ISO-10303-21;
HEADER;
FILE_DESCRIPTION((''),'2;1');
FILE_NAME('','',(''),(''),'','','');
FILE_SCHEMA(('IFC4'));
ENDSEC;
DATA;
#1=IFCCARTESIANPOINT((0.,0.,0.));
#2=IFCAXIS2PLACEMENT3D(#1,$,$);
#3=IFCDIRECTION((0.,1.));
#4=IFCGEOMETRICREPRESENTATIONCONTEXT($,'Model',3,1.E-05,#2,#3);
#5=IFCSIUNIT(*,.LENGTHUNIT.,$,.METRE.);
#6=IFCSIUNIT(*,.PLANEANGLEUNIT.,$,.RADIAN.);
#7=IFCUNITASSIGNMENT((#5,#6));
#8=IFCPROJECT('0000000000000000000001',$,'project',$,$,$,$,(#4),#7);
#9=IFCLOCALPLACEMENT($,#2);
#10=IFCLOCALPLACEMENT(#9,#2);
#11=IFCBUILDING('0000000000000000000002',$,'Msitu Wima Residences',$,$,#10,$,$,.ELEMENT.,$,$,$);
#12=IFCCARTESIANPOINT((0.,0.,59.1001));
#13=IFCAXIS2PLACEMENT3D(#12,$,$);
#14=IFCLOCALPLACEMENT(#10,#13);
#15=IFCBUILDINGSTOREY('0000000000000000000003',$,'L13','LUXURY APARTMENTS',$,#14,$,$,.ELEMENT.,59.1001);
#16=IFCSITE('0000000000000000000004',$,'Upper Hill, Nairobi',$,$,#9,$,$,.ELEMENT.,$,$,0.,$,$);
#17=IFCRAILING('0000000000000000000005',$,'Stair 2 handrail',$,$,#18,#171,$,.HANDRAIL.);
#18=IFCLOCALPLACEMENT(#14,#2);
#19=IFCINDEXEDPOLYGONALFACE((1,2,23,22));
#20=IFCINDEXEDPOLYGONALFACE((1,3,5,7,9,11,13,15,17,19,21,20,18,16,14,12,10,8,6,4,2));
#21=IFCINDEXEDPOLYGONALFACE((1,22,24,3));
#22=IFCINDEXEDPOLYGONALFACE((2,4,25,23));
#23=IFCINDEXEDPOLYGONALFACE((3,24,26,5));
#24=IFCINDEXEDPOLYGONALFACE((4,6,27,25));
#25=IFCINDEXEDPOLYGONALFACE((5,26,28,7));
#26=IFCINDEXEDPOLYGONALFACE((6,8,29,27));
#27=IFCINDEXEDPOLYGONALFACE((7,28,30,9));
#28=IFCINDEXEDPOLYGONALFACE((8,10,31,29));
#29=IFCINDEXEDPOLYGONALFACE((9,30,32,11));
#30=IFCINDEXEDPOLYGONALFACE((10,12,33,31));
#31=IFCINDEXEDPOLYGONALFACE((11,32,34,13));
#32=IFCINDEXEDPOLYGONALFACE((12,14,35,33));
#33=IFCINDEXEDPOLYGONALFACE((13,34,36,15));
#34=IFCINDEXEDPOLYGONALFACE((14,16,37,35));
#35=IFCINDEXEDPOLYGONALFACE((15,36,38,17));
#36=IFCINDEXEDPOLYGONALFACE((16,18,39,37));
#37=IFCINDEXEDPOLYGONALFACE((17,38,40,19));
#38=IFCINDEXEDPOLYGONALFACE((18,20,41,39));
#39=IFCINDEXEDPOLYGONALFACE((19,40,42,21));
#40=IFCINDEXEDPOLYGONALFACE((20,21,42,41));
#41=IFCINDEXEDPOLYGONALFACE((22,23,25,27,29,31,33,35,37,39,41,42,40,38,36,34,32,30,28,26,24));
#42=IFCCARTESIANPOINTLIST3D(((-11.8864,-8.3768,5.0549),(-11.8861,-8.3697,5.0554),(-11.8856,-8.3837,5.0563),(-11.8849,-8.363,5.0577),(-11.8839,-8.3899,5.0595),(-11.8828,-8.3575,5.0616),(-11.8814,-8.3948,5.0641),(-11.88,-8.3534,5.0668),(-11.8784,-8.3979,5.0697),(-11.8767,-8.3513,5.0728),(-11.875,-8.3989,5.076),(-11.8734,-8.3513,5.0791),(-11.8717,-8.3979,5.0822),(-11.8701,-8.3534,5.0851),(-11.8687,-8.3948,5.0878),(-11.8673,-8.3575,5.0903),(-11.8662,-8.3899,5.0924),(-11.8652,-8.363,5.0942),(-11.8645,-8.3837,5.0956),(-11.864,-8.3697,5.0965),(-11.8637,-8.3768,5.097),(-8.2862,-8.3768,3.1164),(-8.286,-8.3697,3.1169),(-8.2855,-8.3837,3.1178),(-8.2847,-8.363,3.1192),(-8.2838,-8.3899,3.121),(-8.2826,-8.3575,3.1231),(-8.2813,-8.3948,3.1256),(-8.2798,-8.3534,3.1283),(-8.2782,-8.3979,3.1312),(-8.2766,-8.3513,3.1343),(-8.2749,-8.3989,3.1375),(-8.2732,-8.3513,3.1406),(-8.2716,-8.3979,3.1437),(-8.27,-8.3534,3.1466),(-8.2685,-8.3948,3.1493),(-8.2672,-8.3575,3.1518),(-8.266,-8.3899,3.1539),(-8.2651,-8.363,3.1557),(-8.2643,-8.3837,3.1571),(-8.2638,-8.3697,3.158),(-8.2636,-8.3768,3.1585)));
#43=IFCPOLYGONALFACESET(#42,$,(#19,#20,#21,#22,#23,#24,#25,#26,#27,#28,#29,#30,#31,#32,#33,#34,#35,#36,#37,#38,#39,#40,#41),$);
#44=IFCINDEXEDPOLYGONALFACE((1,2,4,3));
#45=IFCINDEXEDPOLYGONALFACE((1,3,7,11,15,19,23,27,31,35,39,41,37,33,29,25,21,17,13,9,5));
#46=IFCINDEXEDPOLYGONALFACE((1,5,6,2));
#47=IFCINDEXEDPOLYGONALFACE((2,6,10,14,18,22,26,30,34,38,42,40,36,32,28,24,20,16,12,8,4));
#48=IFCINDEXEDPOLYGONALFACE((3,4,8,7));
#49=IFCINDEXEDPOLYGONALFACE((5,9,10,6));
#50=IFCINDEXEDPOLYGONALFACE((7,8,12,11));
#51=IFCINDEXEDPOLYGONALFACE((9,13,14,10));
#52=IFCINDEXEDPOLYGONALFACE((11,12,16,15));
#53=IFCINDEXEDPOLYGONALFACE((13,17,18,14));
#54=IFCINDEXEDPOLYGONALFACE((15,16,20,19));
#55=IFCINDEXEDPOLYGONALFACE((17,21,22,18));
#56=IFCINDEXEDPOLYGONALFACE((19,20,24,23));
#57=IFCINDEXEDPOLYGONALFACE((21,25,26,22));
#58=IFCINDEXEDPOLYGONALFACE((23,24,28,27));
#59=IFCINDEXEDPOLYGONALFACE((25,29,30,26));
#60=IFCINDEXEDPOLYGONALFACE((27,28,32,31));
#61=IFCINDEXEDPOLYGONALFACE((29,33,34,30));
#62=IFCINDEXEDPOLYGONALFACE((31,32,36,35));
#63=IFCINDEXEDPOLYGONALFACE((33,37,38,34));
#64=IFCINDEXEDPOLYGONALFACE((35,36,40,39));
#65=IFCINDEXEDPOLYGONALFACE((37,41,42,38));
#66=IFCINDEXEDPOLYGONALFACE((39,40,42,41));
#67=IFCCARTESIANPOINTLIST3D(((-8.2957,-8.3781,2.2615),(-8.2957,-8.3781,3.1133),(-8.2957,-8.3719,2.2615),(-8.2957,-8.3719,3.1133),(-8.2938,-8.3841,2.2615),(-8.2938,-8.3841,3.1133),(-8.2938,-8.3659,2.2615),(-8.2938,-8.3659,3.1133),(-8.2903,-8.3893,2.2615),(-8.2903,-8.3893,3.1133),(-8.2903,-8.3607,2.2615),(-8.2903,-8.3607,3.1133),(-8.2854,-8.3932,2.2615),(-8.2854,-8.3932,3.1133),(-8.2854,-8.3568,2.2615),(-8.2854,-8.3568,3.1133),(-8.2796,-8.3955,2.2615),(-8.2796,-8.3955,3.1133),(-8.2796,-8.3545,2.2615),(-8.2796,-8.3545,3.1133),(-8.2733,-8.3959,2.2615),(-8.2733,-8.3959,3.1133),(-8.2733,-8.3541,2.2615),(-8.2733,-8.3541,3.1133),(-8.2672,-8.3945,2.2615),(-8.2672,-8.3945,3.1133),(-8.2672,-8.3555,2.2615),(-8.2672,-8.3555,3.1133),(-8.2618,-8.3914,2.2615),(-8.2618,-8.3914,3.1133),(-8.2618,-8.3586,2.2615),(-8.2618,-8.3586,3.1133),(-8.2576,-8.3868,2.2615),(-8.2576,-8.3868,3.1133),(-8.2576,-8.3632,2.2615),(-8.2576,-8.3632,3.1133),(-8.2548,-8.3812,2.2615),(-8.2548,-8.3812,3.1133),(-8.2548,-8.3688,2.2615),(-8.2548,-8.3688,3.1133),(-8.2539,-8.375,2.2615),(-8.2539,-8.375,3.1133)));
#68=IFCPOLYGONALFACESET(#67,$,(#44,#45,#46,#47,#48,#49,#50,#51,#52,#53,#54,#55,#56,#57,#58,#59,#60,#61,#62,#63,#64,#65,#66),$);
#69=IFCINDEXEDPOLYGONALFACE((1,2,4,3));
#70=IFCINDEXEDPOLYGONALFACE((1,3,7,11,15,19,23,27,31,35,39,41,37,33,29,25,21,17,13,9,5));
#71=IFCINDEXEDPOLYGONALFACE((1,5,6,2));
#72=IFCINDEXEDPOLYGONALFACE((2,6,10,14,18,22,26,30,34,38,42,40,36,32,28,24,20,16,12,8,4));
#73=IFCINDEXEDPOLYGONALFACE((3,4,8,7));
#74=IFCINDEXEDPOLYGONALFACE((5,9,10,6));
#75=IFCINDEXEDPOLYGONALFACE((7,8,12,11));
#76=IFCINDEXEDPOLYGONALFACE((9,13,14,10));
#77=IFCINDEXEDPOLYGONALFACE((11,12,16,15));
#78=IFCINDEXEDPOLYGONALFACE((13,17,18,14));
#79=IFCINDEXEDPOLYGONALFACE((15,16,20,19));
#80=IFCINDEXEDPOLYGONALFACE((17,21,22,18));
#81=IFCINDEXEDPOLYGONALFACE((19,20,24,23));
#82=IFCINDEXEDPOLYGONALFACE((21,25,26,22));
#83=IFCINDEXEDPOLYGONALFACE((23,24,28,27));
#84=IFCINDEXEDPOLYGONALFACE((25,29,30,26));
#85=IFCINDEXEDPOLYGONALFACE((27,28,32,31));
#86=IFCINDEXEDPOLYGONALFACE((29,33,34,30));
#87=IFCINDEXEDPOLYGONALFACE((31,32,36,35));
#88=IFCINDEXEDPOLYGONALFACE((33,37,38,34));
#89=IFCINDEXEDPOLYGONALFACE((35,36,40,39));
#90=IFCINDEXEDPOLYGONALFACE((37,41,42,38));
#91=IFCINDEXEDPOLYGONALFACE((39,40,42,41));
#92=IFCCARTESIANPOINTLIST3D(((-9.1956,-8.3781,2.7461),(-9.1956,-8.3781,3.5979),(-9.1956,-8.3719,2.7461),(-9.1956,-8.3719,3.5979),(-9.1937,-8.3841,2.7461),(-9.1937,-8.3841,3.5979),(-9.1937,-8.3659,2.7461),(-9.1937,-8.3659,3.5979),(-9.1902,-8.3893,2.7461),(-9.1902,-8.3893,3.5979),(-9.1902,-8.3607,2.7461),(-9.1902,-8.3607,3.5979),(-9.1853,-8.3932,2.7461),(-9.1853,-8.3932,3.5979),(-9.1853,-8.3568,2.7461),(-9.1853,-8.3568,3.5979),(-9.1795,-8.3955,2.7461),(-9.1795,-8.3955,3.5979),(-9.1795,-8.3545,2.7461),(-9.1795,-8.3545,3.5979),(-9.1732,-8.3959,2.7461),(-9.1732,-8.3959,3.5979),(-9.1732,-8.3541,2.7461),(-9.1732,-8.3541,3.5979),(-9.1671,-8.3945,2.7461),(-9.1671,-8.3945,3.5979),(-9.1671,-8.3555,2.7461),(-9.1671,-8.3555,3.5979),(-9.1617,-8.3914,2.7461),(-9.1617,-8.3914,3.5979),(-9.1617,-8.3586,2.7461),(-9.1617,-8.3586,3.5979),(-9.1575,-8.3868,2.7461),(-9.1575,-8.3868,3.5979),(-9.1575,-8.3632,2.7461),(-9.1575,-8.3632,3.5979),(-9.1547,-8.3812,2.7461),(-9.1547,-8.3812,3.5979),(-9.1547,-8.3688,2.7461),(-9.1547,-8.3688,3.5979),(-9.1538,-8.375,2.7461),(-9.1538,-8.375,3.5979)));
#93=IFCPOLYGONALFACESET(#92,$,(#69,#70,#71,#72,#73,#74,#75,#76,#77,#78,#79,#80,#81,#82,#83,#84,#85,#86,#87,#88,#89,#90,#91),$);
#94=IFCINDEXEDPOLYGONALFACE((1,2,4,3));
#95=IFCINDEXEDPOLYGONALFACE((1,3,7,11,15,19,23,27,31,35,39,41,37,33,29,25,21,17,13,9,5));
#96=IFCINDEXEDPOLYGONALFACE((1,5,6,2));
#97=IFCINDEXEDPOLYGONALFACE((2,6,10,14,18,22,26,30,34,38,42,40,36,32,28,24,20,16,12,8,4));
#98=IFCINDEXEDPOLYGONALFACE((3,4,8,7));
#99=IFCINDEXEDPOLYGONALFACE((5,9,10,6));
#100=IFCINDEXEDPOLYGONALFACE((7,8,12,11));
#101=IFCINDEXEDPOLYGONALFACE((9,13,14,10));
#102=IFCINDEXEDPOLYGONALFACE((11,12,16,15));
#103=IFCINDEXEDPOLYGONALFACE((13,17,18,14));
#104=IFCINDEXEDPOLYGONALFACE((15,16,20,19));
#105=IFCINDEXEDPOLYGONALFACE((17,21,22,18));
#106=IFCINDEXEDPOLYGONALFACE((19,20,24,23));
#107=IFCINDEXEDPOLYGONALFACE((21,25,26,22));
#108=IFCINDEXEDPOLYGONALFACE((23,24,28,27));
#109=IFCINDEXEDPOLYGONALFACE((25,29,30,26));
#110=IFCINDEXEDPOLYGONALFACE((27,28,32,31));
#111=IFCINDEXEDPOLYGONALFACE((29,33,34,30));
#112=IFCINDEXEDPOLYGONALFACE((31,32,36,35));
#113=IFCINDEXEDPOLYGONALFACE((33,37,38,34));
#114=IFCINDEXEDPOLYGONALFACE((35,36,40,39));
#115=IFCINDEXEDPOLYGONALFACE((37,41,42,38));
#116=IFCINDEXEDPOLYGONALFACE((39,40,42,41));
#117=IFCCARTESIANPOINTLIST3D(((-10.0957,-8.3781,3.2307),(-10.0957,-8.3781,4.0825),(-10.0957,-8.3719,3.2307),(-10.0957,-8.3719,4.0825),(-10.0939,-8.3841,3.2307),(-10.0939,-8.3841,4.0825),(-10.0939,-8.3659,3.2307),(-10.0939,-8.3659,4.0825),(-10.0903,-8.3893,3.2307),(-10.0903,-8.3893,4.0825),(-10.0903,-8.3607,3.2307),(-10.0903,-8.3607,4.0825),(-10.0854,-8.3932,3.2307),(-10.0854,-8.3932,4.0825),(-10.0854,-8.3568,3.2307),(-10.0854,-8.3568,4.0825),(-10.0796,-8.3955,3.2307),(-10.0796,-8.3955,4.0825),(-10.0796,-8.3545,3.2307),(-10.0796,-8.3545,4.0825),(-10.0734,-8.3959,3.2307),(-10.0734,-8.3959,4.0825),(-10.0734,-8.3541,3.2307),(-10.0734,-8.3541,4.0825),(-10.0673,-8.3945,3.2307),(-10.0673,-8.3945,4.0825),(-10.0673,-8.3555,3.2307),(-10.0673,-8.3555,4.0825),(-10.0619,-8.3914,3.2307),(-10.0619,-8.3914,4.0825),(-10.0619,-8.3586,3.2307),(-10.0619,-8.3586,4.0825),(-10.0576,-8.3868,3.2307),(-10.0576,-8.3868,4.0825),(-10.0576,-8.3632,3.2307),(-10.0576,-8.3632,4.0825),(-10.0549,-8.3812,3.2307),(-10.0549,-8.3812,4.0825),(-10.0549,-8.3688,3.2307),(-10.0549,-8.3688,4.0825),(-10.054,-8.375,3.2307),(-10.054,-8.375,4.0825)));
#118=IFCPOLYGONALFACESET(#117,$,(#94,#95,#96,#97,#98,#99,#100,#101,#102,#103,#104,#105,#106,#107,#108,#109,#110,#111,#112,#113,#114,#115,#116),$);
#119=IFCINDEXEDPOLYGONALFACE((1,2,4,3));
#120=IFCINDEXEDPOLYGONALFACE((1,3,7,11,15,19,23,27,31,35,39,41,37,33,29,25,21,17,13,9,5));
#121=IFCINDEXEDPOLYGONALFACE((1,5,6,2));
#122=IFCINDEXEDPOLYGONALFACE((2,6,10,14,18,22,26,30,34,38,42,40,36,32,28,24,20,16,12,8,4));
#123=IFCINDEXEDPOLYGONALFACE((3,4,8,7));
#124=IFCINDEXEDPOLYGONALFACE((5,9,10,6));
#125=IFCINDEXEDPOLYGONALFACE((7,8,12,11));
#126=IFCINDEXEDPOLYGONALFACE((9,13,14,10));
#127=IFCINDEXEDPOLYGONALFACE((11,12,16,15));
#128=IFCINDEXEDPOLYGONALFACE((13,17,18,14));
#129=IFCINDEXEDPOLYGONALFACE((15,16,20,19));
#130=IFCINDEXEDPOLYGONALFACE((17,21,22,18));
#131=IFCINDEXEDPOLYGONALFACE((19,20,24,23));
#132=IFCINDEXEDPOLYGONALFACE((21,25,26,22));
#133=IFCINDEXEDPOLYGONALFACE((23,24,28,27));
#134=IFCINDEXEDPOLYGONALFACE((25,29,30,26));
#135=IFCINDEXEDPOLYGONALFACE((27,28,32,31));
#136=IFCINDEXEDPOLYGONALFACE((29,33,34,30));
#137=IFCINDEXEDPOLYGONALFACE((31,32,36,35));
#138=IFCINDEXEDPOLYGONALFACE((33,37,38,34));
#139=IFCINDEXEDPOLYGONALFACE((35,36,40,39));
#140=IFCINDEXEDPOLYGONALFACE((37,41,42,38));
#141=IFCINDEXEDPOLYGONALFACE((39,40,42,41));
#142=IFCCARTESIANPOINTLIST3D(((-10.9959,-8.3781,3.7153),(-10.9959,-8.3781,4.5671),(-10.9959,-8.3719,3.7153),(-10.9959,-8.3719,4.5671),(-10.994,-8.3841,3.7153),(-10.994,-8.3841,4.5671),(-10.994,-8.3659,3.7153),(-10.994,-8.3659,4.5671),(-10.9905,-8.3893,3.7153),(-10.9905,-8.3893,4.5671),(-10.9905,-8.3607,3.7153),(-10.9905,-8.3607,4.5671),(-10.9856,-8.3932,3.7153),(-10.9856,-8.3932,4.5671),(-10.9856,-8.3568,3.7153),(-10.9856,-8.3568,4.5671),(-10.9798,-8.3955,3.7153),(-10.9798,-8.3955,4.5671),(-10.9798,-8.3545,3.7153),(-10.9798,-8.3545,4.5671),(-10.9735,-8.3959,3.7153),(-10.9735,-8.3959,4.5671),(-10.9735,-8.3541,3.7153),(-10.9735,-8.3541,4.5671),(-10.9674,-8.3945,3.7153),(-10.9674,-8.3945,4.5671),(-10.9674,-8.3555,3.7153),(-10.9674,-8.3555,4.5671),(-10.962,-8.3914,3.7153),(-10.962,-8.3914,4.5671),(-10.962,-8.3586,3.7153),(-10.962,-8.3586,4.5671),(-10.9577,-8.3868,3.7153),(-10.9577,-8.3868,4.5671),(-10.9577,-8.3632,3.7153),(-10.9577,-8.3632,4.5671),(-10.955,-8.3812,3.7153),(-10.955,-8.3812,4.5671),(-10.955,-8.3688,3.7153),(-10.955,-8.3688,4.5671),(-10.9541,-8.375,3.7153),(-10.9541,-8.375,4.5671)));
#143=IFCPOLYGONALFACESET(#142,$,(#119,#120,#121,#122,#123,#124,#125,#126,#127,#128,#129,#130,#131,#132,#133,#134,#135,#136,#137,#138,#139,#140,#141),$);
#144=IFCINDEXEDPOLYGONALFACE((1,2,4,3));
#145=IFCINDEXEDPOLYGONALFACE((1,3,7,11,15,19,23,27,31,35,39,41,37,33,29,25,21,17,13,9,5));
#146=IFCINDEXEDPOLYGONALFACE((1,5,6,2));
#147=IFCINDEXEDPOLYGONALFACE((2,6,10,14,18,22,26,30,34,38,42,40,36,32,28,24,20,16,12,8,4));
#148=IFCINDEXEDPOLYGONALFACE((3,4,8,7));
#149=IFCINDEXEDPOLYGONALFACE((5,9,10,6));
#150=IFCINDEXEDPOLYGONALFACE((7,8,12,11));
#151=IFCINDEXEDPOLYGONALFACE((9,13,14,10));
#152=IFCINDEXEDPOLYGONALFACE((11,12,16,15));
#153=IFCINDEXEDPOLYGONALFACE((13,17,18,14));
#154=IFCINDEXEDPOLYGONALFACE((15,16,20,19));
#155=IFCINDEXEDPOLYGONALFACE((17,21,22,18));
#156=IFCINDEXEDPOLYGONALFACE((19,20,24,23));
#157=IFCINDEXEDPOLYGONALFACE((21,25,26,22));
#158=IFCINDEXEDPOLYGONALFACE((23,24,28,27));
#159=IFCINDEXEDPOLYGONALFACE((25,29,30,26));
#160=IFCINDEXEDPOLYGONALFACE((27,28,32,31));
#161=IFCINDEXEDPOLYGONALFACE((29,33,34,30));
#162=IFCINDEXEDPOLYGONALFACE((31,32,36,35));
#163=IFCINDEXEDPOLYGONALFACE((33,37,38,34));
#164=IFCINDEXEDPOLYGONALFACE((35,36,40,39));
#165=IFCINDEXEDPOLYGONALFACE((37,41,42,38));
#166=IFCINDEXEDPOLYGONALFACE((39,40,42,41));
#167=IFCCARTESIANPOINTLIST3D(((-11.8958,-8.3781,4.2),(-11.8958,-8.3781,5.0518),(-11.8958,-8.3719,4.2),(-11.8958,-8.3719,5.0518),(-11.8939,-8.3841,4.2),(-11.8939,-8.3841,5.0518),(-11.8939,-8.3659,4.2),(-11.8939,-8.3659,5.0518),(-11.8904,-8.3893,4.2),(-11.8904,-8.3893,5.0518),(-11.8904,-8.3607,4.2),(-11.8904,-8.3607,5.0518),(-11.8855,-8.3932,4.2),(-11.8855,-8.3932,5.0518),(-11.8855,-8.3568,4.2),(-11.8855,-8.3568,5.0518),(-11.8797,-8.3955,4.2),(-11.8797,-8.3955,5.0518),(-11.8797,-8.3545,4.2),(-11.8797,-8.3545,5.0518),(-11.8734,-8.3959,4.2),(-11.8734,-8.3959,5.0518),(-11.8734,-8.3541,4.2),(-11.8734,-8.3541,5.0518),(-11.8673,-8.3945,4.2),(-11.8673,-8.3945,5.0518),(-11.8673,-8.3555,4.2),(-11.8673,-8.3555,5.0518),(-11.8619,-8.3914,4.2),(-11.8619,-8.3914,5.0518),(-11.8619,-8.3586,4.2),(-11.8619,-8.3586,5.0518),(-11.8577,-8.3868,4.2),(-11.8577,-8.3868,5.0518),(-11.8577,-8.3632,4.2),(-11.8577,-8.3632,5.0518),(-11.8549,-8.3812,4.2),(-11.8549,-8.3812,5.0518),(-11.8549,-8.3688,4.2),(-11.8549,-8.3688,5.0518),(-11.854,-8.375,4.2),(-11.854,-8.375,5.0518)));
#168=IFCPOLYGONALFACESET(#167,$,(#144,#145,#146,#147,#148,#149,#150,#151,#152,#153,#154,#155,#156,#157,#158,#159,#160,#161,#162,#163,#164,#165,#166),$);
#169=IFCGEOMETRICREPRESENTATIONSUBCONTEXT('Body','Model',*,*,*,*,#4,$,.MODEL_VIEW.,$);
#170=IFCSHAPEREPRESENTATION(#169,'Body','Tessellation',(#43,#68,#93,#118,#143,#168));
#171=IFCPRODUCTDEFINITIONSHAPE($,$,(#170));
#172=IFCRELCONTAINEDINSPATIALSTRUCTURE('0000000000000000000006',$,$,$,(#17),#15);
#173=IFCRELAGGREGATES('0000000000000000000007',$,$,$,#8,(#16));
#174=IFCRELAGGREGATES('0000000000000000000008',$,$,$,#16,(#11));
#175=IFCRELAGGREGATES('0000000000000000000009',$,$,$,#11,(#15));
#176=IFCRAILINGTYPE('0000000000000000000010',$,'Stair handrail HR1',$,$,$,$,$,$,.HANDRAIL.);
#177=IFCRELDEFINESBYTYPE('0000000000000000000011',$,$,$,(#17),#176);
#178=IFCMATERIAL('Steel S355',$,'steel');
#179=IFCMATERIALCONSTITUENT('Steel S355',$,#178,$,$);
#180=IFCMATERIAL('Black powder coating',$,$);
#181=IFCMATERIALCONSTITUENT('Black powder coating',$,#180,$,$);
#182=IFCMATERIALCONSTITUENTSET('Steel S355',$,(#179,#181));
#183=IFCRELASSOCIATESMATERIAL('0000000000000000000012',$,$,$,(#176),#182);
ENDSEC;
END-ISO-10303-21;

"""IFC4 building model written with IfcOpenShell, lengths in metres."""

from ifc_helpers import new_model, si_unit, direction, frame, origin, origin_2d, place, context, subcontext, project, spatial, circle, extrude, material, constituent, constituent_set, type_object, element, save


model = new_model("IFC4")

# Units and contexts
model_context = context("Model", 3, precision=1e-05, world=origin(), true_north=direction((0.0, 1.0)))
body_context = subcontext(model_context, "Body", "Model", "MODEL_VIEW")
ifc_project = project(units=[si_unit("LENGTHUNIT", "METRE"), si_unit("PLANEANGLEUNIT", "RADIAN")], contexts=[model_context])

# Site, building, storey
site_placement = place(None, origin())
site = spatial("IfcSite", under=ifc_project, at=site_placement, Name="Upper Hill, Nairobi", CompositionType="ELEMENT", RefElevation=0.0)
building_placement = place(site_placement, origin())
building = spatial("IfcBuilding", under=site, at=building_placement, Name="Msitu Wima Residences", CompositionType="ELEMENT")
storey_placement = place(building_placement, frame((0.0, 0.0, 59.1001)))
storey = spatial("IfcBuildingStorey", under=building, at=storey_placement, Name="L13", Description="LUXURY APARTMENTS", CompositionType="ELEMENT", Elevation=59.1001)

# Railing
ifc_material_1 = material(Name="Steel S355", Category="steel")
ifc_constituent_1 = constituent(ifc_material_1, Name="Steel S355")
ifc_material_2 = material(Name="Black powder coating")
ifc_constituent_2 = constituent(ifc_material_2, Name="Black powder coating")
ifc_constituent_set = constituent_set(constituents=[ifc_constituent_1, ifc_constituent_2], Name="Steel S355")
railing_type = type_object("IfcRailingType", Name="Stair handrail HR1", PredefinedType="HANDRAIL", material=ifc_constituent_set)
railing_placement = place(storey_placement, frame((-8.2749, -8.375, 2.2615)))
element("IfcRailing", 1, at=railing_placement, inside=storey, type_object=railing_type, Name="Stair 2 handrail", PredefinedType="HANDRAIL", context=body_context, shape_type="SweptSolid", body=[
    extrude(circle(Radius=0.0239, at=origin_2d()), frame((0.0, 0.0, 0.876), z_axis=(-0.880475, 0.0, 0.474093), x_axis=(0.0, -1.0, 0.0)), (0.0, 0.0, 1.0), 4.0889),
    extrude(circle(Radius=0.021, at=origin_2d()), origin(), (0.0, 0.0, 1.0), 0.8518),
    extrude(circle(Radius=0.021, at=origin_2d()), frame((-0.8999, 0.0, 0.4846)), (0.0, 0.0, 1.0), 0.8518),
    extrude(circle(Radius=0.021, at=origin_2d()), frame((-1.8, 0.0, 0.9692)), (0.0, 0.0, 1.0), 0.8518),
    extrude(circle(Radius=0.021, at=origin_2d()), frame((-2.7002, 0.0, 1.4539)), (0.0, 0.0, 1.0), 0.8518),
    extrude(circle(Radius=0.021, at=origin_2d()), frame((-3.6001, 0.0, 1.9385)), (0.0, 0.0, 1.0), 0.8518),
])

save(model, "model.ifc")
